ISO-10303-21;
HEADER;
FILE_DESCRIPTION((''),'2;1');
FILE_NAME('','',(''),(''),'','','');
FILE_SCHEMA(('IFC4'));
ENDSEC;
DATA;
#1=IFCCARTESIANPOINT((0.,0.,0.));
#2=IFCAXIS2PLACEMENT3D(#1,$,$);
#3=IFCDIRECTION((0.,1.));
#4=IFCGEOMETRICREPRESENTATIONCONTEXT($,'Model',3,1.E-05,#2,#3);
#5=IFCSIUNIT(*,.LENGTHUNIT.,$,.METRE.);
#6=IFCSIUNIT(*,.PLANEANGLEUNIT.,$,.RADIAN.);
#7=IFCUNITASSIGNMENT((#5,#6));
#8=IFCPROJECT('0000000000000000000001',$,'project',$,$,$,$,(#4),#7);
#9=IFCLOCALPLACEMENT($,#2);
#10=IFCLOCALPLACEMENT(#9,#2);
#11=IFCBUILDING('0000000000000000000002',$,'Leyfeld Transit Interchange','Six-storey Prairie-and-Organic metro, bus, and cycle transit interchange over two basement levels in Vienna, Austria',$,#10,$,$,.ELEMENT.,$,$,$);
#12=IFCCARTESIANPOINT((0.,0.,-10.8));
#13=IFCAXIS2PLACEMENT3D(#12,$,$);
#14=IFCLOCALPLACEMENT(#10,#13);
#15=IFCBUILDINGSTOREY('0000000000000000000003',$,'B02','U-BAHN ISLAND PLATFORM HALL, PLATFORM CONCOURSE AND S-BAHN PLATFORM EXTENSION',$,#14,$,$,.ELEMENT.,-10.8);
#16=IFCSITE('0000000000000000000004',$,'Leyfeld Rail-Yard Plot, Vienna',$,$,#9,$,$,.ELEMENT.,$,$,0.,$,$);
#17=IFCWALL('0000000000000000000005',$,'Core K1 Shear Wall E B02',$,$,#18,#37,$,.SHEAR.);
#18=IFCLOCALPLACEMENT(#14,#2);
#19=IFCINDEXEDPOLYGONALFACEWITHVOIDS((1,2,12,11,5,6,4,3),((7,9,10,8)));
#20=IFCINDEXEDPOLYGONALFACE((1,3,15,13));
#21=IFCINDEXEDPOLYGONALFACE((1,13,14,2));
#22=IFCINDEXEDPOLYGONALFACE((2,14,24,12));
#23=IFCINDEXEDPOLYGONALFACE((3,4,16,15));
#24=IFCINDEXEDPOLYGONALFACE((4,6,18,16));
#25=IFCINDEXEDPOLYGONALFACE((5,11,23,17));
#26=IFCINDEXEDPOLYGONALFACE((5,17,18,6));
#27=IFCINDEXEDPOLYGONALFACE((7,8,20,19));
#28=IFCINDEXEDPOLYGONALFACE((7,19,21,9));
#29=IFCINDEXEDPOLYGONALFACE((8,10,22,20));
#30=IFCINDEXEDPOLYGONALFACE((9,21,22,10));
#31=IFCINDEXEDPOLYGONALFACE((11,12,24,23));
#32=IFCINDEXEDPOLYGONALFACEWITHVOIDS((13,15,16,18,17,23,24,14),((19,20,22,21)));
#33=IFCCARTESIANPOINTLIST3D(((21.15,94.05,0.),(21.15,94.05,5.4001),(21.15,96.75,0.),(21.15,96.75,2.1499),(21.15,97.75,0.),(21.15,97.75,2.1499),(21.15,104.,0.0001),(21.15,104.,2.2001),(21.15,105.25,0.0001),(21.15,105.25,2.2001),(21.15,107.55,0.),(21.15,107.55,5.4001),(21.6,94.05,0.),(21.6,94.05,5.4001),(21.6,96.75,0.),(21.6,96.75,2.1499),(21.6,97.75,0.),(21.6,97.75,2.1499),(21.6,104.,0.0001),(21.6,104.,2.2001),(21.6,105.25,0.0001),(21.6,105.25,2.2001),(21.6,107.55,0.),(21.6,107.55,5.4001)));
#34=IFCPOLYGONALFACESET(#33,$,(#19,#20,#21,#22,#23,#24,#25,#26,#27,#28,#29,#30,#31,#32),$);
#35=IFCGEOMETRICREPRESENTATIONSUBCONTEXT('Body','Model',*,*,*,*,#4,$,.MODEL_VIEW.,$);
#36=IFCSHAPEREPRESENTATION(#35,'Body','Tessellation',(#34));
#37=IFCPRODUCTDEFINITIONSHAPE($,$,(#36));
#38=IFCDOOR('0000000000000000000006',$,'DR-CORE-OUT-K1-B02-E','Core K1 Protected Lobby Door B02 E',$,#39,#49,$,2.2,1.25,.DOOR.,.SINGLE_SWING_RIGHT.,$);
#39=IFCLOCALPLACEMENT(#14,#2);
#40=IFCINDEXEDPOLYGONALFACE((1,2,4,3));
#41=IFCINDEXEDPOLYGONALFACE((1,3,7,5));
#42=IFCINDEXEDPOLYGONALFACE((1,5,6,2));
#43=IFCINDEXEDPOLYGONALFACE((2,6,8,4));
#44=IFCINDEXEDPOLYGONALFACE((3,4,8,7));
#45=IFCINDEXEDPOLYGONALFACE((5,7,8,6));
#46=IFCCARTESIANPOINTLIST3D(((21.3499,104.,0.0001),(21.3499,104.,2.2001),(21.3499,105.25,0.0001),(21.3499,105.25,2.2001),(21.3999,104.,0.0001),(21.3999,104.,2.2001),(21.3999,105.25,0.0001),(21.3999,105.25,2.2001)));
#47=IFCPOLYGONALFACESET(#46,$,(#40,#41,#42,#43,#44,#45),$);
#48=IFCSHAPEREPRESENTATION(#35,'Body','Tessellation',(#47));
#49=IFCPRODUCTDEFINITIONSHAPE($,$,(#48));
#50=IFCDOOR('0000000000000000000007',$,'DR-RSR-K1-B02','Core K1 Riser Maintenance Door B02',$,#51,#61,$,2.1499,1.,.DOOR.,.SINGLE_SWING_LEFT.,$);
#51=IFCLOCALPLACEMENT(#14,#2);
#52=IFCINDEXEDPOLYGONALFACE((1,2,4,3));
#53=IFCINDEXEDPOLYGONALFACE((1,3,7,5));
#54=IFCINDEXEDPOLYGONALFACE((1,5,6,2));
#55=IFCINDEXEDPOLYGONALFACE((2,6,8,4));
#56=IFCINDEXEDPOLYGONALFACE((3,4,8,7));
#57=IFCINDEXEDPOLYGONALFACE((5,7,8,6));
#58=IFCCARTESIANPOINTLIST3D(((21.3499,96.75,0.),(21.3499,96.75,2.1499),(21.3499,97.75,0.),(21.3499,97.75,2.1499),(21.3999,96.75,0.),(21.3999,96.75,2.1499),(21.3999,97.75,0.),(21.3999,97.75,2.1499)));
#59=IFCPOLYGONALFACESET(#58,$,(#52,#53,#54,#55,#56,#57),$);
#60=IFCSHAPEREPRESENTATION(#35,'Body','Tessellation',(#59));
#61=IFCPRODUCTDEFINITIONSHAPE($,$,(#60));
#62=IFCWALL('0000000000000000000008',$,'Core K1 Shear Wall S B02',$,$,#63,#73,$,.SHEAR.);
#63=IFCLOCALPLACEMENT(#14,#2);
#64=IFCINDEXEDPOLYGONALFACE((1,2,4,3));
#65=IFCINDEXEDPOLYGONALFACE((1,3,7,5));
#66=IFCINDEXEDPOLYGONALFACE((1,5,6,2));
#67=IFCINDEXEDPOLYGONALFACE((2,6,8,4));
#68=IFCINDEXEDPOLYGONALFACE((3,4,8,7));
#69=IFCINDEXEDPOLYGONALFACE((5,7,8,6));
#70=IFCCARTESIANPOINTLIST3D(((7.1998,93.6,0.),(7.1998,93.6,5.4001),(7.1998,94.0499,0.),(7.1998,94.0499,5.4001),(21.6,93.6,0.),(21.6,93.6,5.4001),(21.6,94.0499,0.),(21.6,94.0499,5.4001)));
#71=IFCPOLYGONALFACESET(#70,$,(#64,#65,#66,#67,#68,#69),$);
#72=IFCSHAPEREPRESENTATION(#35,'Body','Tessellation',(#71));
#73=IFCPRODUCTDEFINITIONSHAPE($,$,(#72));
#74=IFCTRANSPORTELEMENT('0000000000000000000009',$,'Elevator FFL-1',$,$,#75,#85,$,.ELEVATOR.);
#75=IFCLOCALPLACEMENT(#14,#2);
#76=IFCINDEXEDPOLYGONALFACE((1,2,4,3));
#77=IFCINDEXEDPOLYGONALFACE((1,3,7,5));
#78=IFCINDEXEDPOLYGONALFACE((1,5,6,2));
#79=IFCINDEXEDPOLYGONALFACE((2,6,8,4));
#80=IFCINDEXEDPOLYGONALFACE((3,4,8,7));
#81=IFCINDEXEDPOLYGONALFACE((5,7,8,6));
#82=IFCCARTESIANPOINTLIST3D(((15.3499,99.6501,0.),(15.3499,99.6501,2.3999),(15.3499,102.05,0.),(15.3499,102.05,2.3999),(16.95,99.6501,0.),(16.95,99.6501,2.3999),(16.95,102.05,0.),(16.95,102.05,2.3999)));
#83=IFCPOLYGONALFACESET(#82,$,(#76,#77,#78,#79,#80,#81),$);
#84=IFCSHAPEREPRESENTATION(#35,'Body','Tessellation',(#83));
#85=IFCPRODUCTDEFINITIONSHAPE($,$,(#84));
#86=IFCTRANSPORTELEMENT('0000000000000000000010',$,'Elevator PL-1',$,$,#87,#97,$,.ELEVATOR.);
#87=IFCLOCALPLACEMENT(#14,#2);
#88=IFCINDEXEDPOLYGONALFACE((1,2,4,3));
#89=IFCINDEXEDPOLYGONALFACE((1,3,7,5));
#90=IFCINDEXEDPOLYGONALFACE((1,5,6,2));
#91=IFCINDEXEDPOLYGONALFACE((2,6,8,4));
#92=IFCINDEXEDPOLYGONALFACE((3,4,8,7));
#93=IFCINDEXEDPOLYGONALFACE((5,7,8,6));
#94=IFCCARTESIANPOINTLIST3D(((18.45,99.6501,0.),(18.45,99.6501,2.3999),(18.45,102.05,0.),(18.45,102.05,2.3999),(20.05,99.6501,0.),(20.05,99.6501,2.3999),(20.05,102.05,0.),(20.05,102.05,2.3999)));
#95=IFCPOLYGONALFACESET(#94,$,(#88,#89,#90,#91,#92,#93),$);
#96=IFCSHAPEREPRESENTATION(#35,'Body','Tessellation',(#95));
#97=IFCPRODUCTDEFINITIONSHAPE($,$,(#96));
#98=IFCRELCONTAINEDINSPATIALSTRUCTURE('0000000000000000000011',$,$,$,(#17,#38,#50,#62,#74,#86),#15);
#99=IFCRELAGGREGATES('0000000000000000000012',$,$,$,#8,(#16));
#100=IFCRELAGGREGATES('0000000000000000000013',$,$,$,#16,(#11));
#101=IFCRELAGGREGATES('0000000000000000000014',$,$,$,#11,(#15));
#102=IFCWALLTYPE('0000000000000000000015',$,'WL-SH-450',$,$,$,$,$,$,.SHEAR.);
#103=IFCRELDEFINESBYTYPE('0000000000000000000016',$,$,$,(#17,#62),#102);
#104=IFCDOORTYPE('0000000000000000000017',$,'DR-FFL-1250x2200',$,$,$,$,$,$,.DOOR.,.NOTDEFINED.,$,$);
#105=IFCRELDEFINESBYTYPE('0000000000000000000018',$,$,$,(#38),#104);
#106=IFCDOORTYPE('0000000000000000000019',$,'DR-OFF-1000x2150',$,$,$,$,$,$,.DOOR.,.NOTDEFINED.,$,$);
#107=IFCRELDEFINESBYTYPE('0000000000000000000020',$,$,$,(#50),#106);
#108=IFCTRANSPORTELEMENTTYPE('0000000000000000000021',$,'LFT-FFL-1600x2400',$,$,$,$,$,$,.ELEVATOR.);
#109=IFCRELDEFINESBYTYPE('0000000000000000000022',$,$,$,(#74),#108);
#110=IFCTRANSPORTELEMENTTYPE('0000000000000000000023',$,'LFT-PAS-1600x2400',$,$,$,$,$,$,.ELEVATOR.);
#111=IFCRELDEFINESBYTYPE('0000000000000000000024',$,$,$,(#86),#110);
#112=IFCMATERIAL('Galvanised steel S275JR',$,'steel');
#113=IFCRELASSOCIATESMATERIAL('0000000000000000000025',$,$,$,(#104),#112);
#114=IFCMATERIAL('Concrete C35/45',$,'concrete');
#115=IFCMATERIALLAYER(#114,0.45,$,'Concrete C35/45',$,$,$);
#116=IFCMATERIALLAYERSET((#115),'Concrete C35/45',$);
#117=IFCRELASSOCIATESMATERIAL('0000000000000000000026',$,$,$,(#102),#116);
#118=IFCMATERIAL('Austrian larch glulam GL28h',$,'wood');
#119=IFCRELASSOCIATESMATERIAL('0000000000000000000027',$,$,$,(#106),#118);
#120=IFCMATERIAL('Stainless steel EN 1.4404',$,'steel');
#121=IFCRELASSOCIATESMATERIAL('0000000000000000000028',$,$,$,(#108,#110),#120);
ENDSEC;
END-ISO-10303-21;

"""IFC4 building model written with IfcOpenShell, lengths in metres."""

from ifc_helpers import new_model, si_unit, direction, frame, frame_2d, origin, origin_2d, place, context, subcontext, project, spatial, rectangle, extrude, material, layer, layer_set, type_object, element, fill, save


model = new_model("IFC4")

# Units and contexts
model_context = context("Model", 3, precision=1e-05, world=origin(), true_north=direction((0.0, 1.0)))
body_context = subcontext(model_context, "Body", "Model", "MODEL_VIEW")
ifc_project = project(units=[si_unit("LENGTHUNIT", "METRE"), si_unit("PLANEANGLEUNIT", "RADIAN")], contexts=[model_context])

# Site, building, storey
site_placement = place(None, origin())
site = spatial("IfcSite", under=ifc_project, at=site_placement, Name="Leyfeld Rail-Yard Plot, Vienna", CompositionType="ELEMENT", RefElevation=0.0)
building_placement = place(site_placement, origin())
building = spatial("IfcBuilding", under=site, at=building_placement, Name="Leyfeld Transit Interchange", Description="Six-storey Prairie-and-Organic metro, bus, and cycle transit interchange over two basement levels in Vienna, Austria", CompositionType="ELEMENT")
storey_placement = place(building_placement, frame((0.0, 0.0, -10.8)))
storey = spatial("IfcBuildingStorey", under=building, at=storey_placement, Name="B02", Description="U-BAHN ISLAND PLATFORM HALL, PLATFORM CONCOURSE AND S-BAHN PLATFORM EXTENSION", CompositionType="ELEMENT", Elevation=-10.8)

# Shared definitions
ifc_material_1 = material(Name="Concrete C35/45", Category="concrete")

# Shared definitions
ifc_material_2 = material(Name="Galvanised steel S275JR", Category="steel")
door_type_1 = type_object("IfcDoorType", Name="DR-FFL-1250x2200", OperationType="NOTDEFINED", PredefinedType="DOOR", material=ifc_material_2)

# Shared definitions
ifc_material_3 = material(Name="Austrian larch glulam GL28h", Category="wood")

# Wall, openings, doors
ifc_layer_1 = layer(ifc_material_1, 0.45, Name="Concrete C35/45")
ifc_layer_set_1 = layer_set([ifc_layer_1], Name="Concrete C35/45")
wall_type_1 = type_object("IfcWallType", Name="WL-SH-450", PredefinedType="SHEAR", material=ifc_layer_set_1)
wall_1_placement = place(storey_placement, frame((21.375, 107.55, 0.0), z_axis=(0.0, 0.0, 1.0), x_axis=(0.0, -1.0, 0.0)))
wall_1 = element("IfcWall", 1, at=wall_1_placement, inside=storey, type_object=wall_type_1, Name="Core K1 Shear Wall E B02", PredefinedType="SHEAR", context=body_context, shape_type="SweptSolid", body=[
    extrude(rectangle(XDim=13.5, YDim=0.45, at=frame_2d((6.75, 0.0))), origin(), (0.0, 0.0, 1.0), 5.4001),
])
opening_1_placement = place(wall_1_placement, frame((9.8, 0.0, 0.0)))
opening_1 = element("IfcOpeningElement", 2, at=opening_1_placement, cuts=wall_1, PredefinedType="OPENING", context=body_context, shape_type="SweptSolid", body=[
    extrude(rectangle(XDim=1.0, YDim=2.1499, at=frame_2d((0.5, 1.075))), frame((0.0, 0.2349, 0.0), z_axis=(0.0, -1.0, 0.0), x_axis=(1.0, 0.0, 0.0)), (0.0, 0.0, 1.0), 0.47),
])
opening_2_placement = place(wall_1_placement, frame((2.3, 0.0, 0.0)))
opening_2 = element("IfcOpeningElement", 3, at=opening_2_placement, cuts=wall_1, PredefinedType="OPENING", context=body_context, shape_type="SweptSolid", body=[
    extrude(rectangle(XDim=1.25, YDim=2.2, at=frame_2d((0.625, 1.1001))), frame((0.0, 0.2349, 0.0), z_axis=(0.0, -1.0, 0.0), x_axis=(1.0, 0.0, 0.0)), (0.0, 0.0, 1.0), 0.47),
])
door_1_placement = place(opening_2_placement, origin())
door_1 = element("IfcDoor", 4, at=door_1_placement, inside=storey, type_object=door_type_1, Name="DR-CORE-OUT-K1-B02-E", Description="Core K1 Protected Lobby Door B02 E", OperationType="SINGLE_SWING_RIGHT", OverallHeight=2.2, OverallWidth=1.25, PredefinedType="DOOR", context=body_context, shape_type="SweptSolid", body=[
    extrude(rectangle(XDim=1.25, YDim=2.2, at=frame_2d((0.625, 1.1001))), frame((0.0, 0.0249, 0.0), z_axis=(0.0, -1.0, 0.0), x_axis=(1.0, 0.0, 0.0)), (0.0, 0.0, 1.0), 0.05),
])
fill(opening_2, door_1)
door_type_2 = type_object("IfcDoorType", Name="DR-OFF-1000x2150", OperationType="NOTDEFINED", PredefinedType="DOOR", material=ifc_material_3)
door_2_placement = place(opening_1_placement, origin())
door_2 = element("IfcDoor", 5, at=door_2_placement, inside=storey, type_object=door_type_2, Name="DR-RSR-K1-B02", Description="Core K1 Riser Maintenance Door B02", OperationType="SINGLE_SWING_LEFT", OverallHeight=2.1499, OverallWidth=1.0, PredefinedType="DOOR", context=body_context, shape_type="SweptSolid", body=[
    extrude(rectangle(XDim=1.0, YDim=2.1499, at=frame_2d((0.5, 1.075))), frame((0.0, 0.0249, 0.0), z_axis=(0.0, -1.0, 0.0), x_axis=(1.0, 0.0, 0.0)), (0.0, 0.0, 1.0), 0.05),
])
fill(opening_1, door_2)

# Wall
wall_2_placement = place(storey_placement, frame((21.6001, 93.825, 0.0), z_axis=(0.0, 0.0, 1.0), x_axis=(-1.0, 0.0, 0.0)))
element("IfcWall", 6, at=wall_2_placement, inside=storey, type_object=wall_type_1, Name="Core K1 Shear Wall S B02", PredefinedType="SHEAR", context=body_context, shape_type="SweptSolid", body=[
    extrude(rectangle(XDim=14.4001, YDim=0.45, at=frame_2d((7.2002, 0.0))), origin(), (0.0, 0.0, 1.0), 5.4001),
])

# Transport elements
ifc_material_4 = material(Name="Stainless steel EN 1.4404", Category="steel")
transport_element_type_1 = type_object("IfcTransportElementType", Name="LFT-FFL-1600x2400", PredefinedType="ELEVATOR", material=ifc_material_4)
transport_element_1_placement = place(storey_placement, frame((16.1499, 100.8501, 0.0), z_axis=(0.0, 0.0, 1.0), x_axis=(1.0, 0.0, 0.0)))
element("IfcTransportElement", 7, at=transport_element_1_placement, inside=storey, type_object=transport_element_type_1, Name="Elevator FFL-1", PredefinedType="ELEVATOR", context=body_context, shape_type="SweptSolid", body=[
    extrude(rectangle(XDim=1.6001, YDim=2.3999, at=origin_2d()), origin(), (0.0, 0.0, 1.0), 2.3999),
])
transport_element_type_2 = type_object("IfcTransportElementType", Name="LFT-PAS-1600x2400", PredefinedType="ELEVATOR", material=ifc_material_4)
transport_element_2_placement = place(storey_placement, frame((19.25, 100.8501, 0.0), z_axis=(0.0, 0.0, 1.0), x_axis=(1.0, 0.0, 0.0)))
element("IfcTransportElement", 8, at=transport_element_2_placement, inside=storey, type_object=transport_element_type_2, Name="Elevator PL-1", PredefinedType="ELEVATOR", context=body_context, shape_type="SweptSolid", body=[
    extrude(rectangle(XDim=1.6001, YDim=2.3999, at=origin_2d()), origin(), (0.0, 0.0, 1.0), 2.3999),
])

save(model, "model.ifc")
